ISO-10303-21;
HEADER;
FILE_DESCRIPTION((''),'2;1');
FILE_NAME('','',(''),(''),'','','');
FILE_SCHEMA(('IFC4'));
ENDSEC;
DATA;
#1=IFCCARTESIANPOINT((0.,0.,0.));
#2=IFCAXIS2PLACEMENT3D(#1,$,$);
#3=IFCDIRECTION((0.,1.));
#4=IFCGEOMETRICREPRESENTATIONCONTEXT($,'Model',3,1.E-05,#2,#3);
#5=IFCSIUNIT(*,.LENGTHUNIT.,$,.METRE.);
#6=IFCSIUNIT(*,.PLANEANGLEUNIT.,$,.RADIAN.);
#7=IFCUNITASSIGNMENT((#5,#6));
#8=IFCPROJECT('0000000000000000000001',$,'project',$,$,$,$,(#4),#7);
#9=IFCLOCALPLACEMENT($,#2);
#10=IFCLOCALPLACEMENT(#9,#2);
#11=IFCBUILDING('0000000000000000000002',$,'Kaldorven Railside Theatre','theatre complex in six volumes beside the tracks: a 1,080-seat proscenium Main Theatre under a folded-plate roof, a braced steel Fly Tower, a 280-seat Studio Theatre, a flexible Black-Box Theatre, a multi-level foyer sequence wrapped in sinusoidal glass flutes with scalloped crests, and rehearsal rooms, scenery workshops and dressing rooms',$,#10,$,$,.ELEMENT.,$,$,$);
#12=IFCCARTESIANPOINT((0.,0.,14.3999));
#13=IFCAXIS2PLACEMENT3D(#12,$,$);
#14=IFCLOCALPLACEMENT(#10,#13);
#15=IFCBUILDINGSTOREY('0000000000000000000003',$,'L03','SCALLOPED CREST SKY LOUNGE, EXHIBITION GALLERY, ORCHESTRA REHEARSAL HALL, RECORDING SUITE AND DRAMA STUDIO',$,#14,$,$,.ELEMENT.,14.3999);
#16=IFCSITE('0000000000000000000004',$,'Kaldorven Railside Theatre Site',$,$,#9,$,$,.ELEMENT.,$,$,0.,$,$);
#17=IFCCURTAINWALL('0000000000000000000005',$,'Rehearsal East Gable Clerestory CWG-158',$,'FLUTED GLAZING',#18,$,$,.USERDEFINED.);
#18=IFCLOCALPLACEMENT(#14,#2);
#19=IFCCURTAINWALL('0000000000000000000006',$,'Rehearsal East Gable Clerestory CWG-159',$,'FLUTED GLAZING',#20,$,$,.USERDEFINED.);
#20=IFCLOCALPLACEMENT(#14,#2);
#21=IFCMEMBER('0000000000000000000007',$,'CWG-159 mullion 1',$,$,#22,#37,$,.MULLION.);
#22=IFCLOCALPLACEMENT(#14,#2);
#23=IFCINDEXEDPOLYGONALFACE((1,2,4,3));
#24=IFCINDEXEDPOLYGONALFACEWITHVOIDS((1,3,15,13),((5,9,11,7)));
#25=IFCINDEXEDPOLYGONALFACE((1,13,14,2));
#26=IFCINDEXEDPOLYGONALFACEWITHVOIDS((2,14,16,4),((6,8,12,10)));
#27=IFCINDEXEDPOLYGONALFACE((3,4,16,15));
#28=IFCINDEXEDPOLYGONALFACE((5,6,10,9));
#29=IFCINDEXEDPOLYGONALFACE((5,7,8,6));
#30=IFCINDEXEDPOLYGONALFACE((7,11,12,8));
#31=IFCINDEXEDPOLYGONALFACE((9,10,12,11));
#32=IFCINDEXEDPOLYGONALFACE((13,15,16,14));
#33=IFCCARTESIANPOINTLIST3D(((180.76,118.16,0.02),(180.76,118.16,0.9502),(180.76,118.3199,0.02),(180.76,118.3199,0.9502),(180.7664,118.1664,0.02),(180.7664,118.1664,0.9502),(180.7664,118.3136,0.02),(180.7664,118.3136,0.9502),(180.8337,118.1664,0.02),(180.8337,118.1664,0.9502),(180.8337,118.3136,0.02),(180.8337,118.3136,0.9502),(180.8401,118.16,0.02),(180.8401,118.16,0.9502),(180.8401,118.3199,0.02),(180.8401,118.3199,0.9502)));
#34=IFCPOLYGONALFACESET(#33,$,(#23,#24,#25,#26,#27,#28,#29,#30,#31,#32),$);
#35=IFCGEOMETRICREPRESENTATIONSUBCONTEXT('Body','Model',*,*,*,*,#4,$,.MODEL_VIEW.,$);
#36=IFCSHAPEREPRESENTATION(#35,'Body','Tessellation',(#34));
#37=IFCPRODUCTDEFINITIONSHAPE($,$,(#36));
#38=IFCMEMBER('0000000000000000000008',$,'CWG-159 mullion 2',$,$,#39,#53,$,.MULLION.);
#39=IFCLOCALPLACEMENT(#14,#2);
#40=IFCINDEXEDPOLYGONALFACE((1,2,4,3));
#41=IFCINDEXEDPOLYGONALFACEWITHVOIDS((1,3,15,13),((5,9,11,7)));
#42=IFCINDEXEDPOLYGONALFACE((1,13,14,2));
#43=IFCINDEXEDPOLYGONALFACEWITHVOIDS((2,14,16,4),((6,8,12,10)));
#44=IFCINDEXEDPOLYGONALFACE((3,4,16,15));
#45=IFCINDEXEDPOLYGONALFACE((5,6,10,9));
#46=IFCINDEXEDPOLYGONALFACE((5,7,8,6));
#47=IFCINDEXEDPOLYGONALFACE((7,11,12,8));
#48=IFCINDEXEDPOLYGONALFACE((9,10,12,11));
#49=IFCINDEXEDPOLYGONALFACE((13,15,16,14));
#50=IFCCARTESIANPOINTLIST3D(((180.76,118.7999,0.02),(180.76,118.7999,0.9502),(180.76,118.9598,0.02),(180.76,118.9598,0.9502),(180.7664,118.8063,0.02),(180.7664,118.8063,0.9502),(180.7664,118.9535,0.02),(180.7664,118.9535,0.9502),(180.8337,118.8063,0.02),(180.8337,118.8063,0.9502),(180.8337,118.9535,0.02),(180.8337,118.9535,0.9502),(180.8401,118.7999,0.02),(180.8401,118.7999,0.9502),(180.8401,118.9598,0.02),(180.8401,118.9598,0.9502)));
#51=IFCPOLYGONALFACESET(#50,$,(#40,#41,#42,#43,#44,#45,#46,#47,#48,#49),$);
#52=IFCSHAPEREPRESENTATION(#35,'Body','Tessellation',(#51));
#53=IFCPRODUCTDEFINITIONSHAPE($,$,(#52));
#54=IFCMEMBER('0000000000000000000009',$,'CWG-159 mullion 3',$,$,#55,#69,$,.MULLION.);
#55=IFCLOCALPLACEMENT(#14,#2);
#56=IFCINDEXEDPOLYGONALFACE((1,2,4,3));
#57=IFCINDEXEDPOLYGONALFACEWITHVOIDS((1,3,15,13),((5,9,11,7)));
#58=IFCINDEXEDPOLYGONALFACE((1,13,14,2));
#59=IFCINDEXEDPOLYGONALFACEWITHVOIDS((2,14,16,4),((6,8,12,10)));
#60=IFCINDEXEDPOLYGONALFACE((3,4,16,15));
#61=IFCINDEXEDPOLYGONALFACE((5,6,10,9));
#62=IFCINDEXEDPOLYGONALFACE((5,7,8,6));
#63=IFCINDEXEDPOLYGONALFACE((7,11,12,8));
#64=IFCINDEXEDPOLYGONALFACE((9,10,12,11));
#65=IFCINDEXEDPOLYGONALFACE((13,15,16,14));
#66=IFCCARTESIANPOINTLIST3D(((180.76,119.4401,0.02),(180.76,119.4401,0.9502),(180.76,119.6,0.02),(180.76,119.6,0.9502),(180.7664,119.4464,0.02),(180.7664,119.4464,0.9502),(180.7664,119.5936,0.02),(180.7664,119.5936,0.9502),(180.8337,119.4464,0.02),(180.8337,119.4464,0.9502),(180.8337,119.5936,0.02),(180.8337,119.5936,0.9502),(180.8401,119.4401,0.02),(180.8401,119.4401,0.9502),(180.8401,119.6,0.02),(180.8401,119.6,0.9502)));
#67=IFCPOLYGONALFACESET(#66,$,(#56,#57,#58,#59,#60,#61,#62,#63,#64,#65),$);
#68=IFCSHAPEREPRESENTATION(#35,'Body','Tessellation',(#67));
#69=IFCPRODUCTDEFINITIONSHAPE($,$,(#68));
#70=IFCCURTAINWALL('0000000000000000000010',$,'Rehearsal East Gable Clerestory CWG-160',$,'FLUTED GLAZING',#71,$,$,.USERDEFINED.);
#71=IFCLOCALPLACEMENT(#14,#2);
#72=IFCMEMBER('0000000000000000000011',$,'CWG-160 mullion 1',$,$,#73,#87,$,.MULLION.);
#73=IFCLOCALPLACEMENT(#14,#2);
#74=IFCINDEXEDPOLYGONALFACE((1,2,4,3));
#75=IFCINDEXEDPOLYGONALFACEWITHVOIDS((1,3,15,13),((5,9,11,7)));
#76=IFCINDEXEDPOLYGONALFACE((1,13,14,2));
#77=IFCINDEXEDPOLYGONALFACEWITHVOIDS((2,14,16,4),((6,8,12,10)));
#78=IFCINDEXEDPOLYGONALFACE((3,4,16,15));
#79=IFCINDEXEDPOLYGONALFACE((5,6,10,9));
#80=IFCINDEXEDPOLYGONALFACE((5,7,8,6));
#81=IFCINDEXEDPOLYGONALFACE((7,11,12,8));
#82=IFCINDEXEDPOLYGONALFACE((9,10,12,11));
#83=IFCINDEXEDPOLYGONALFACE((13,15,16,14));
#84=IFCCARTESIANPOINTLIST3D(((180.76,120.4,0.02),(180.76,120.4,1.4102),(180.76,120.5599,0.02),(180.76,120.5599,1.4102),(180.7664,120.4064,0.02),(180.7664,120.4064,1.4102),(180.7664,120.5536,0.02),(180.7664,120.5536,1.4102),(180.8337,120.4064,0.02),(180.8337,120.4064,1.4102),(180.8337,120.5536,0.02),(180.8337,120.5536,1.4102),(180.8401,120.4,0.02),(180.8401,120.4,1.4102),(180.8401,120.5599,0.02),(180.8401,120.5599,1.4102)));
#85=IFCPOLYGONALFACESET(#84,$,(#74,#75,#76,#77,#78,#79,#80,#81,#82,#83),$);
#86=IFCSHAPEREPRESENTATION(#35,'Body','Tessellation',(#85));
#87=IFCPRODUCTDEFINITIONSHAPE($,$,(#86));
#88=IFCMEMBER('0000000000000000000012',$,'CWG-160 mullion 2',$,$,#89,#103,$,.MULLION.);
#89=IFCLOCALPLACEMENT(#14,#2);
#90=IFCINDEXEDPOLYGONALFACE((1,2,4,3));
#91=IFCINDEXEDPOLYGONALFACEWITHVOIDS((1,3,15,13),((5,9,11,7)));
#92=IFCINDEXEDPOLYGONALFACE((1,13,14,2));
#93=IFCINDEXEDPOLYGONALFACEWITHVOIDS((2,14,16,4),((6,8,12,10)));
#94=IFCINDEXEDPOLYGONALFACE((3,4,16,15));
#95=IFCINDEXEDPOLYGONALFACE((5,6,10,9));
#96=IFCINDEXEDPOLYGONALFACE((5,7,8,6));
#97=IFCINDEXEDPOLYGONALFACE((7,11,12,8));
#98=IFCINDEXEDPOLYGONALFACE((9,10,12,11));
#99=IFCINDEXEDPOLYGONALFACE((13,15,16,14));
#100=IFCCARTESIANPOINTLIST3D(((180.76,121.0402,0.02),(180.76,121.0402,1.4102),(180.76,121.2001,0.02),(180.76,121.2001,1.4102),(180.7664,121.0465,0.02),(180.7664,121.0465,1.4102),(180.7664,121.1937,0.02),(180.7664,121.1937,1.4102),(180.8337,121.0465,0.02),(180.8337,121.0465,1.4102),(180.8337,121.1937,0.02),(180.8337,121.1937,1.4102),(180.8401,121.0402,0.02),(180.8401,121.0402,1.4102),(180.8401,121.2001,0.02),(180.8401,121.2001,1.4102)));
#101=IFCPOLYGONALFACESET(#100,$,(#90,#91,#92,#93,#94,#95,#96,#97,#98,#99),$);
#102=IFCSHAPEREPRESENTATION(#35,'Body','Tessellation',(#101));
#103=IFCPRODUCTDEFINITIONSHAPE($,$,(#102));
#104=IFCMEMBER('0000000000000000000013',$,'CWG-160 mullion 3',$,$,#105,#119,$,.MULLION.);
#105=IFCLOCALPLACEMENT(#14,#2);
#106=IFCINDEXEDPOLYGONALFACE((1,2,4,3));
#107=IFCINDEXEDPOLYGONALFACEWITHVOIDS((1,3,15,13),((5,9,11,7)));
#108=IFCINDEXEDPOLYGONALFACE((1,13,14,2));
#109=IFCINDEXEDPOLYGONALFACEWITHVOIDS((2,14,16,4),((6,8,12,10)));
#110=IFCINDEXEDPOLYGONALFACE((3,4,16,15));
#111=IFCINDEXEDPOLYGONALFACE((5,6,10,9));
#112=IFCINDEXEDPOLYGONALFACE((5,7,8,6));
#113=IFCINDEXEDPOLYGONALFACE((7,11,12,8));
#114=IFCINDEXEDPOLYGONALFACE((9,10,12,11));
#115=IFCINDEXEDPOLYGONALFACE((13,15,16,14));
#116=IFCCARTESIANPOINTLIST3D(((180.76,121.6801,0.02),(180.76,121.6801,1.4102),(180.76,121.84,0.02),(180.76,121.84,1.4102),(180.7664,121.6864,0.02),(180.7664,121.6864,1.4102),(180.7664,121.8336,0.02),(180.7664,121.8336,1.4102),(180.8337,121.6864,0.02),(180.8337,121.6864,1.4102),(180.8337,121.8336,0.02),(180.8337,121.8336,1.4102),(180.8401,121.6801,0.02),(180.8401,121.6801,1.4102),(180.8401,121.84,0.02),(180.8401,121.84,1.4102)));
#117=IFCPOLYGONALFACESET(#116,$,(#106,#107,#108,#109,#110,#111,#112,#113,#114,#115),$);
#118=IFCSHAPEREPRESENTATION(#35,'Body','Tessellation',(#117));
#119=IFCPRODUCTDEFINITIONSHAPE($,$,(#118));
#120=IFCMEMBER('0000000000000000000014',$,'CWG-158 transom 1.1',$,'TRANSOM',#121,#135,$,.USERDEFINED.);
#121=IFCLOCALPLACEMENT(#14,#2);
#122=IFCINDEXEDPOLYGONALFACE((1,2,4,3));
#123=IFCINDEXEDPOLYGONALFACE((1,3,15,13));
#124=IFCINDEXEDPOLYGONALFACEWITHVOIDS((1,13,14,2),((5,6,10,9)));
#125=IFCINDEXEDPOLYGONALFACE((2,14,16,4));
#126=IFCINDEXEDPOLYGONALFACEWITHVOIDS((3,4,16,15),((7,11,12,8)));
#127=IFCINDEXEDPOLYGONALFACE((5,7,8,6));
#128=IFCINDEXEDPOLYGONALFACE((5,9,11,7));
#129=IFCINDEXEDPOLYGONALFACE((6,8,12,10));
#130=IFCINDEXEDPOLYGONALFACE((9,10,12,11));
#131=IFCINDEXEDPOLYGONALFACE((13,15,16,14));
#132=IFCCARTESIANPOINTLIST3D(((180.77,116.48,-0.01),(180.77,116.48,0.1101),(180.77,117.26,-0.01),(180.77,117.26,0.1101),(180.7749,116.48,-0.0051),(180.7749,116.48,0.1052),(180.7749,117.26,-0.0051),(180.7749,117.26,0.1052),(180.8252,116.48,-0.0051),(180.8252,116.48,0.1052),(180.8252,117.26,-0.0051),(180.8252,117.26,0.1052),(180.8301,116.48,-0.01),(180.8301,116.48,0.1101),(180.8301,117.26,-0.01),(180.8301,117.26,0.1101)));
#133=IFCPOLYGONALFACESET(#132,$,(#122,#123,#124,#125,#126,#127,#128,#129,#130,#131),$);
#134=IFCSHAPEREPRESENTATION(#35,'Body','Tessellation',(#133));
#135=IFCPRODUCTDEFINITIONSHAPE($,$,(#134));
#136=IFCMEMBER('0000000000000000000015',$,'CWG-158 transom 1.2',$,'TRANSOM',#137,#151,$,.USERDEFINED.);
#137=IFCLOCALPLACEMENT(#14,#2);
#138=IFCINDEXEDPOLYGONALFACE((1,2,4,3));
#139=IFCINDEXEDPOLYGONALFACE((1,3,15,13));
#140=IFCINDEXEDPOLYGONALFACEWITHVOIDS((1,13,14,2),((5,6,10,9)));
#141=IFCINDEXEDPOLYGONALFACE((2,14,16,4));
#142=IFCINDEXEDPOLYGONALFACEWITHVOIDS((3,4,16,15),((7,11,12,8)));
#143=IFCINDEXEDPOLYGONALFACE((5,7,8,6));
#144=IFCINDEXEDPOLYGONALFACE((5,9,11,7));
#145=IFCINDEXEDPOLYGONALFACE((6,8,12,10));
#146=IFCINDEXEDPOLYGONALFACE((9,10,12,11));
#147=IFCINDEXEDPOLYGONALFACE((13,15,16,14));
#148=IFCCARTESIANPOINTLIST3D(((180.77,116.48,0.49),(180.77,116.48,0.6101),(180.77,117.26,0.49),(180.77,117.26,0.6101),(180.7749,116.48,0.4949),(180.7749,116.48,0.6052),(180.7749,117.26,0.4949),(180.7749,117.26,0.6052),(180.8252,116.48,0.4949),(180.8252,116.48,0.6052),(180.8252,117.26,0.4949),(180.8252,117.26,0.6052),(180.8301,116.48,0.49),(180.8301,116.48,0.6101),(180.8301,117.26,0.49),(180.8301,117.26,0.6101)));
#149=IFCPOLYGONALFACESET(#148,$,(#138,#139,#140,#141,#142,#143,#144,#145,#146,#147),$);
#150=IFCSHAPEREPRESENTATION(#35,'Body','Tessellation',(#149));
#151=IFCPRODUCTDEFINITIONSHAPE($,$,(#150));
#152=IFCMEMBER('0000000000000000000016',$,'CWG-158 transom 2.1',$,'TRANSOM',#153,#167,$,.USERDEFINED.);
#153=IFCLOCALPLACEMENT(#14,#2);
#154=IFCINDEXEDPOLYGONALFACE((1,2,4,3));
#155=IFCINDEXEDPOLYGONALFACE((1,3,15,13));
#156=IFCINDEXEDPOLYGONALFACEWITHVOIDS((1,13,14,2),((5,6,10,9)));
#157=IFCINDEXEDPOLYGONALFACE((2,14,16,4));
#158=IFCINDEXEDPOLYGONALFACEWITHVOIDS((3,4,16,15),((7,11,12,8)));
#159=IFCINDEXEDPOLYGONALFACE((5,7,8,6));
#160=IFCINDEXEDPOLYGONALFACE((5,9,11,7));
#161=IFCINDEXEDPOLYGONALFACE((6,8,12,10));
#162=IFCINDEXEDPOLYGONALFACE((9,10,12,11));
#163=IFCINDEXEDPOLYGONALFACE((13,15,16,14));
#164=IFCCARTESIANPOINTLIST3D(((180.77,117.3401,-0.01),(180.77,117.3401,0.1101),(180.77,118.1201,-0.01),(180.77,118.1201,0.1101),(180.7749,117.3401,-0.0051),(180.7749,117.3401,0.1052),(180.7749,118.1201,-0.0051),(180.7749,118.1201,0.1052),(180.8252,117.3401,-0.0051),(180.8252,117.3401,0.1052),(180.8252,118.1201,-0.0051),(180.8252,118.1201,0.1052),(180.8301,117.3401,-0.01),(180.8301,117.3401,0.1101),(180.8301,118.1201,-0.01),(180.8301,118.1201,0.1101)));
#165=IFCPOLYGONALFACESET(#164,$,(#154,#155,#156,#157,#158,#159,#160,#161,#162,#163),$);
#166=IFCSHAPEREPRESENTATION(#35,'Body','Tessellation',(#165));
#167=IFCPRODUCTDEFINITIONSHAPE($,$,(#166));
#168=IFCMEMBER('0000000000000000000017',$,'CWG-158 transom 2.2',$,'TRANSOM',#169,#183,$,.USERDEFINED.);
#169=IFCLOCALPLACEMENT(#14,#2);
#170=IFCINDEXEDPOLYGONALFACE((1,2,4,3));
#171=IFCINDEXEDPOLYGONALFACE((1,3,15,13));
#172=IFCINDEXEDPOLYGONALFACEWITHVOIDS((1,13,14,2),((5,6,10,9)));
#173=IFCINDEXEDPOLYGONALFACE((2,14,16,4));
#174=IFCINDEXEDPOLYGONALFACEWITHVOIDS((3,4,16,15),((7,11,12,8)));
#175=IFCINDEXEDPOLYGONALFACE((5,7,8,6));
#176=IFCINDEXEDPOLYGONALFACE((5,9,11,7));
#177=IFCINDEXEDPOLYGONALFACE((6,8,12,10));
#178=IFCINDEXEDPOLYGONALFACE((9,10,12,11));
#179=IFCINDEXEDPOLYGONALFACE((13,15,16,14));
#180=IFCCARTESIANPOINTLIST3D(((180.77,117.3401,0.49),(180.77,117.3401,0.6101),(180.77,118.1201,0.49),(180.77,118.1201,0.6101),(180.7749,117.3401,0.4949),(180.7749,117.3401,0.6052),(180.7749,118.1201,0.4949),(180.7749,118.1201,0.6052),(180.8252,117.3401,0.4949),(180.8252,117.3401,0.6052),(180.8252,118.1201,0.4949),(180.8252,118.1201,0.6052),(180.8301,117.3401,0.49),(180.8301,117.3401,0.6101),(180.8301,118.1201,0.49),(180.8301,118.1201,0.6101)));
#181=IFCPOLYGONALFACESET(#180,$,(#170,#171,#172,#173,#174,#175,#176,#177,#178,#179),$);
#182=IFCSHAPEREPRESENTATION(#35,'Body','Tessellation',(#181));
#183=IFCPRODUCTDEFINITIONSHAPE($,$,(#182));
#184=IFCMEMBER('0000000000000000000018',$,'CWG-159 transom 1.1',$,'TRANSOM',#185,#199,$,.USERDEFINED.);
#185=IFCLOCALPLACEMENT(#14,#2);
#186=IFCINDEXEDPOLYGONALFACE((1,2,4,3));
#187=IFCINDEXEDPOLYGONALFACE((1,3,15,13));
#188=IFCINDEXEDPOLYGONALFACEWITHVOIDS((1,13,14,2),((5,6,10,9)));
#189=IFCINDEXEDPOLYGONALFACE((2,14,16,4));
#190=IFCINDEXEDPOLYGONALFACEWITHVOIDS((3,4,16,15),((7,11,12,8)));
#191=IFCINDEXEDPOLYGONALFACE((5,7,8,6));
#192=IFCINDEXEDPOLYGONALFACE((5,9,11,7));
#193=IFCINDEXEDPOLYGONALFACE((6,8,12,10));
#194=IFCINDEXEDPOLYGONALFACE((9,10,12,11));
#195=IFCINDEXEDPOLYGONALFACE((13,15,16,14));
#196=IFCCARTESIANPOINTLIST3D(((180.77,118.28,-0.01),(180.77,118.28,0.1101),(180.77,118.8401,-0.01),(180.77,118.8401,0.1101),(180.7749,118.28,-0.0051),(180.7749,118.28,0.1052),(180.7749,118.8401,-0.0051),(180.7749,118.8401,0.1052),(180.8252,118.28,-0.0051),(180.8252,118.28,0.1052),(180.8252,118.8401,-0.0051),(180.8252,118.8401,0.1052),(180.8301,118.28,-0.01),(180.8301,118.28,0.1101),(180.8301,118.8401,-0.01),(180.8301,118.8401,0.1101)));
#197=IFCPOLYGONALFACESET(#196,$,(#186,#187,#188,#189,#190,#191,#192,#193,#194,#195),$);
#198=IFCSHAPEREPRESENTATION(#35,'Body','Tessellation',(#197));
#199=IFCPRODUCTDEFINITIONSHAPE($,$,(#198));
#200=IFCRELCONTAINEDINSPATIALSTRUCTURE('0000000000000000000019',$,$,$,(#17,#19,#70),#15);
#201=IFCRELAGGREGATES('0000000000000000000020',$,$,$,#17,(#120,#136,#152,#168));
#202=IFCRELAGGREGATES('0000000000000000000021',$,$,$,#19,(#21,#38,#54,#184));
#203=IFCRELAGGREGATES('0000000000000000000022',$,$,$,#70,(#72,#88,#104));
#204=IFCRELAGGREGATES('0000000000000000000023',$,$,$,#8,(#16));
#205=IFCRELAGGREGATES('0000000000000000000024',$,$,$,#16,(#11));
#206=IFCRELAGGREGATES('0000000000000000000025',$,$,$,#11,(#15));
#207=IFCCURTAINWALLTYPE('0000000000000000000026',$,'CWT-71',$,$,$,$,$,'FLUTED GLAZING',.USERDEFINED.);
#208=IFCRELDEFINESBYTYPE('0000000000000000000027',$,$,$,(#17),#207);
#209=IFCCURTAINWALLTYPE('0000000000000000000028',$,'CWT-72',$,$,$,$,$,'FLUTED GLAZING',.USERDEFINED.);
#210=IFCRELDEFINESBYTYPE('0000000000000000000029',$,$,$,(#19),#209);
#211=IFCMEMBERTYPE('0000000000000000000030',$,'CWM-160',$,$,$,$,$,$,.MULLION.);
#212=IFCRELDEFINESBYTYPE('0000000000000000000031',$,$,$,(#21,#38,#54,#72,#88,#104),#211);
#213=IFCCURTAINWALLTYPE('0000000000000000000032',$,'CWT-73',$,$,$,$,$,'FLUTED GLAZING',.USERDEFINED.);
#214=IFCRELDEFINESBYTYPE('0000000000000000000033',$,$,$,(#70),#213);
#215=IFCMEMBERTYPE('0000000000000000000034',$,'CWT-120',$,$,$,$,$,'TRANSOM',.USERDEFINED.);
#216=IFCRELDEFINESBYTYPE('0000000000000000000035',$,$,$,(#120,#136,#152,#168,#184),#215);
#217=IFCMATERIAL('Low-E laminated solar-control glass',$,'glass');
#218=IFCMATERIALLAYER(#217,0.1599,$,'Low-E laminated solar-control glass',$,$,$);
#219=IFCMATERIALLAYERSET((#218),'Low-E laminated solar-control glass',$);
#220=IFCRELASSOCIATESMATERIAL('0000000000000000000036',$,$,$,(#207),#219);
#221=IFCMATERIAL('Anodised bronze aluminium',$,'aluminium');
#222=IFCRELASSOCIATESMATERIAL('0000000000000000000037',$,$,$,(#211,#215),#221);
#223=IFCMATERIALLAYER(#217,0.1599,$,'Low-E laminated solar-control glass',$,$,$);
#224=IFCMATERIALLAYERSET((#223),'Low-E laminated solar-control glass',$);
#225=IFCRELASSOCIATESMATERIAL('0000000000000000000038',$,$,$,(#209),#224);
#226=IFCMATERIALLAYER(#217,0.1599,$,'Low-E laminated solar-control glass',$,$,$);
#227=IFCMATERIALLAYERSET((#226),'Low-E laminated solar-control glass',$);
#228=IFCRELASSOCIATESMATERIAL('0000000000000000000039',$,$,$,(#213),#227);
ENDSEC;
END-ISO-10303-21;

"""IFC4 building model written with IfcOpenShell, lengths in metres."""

from ifc_helpers import new_model, si_unit, direction, frame, origin, origin_2d, place, context, subcontext, project, spatial, hollow_rectangle, extrude, material, layer, layer_set, material_profile, profile_set, type_object, element, aggregate, save


model = new_model("IFC4")

# Units and contexts
model_context = context("Model", 3, precision=1e-05, world=origin(), true_north=direction((0.0, 1.0)))
body_context = subcontext(model_context, "Body", "Model", "MODEL_VIEW")
ifc_project = project(units=[si_unit("LENGTHUNIT", "METRE"), si_unit("PLANEANGLEUNIT", "RADIAN")], contexts=[model_context])

# Site, building, storey
site_placement = place(None, origin())
site = spatial("IfcSite", under=ifc_project, at=site_placement, Name="Kaldorven Railside Theatre Site", CompositionType="ELEMENT", RefElevation=0.0)
building_placement = place(site_placement, origin())
building = spatial("IfcBuilding", under=site, at=building_placement, Name="Kaldorven Railside Theatre", Description="theatre complex in six volumes beside the tracks: a 1,080-seat proscenium Main Theatre under a folded-plate roof, a braced steel Fly Tower, a 280-seat Studio Theatre, a flexible Black-Box Theatre, a multi-level foyer sequence wrapped in sinusoidal glass flutes with scalloped crests, and rehearsal rooms, scenery workshops and dressing rooms", CompositionType="ELEMENT")
storey_placement = place(building_placement, frame((0.0, 0.0, 14.3999)))
storey = spatial("IfcBuildingStorey", under=building, at=storey_placement, Name="L03", Description="SCALLOPED CREST SKY LOUNGE, EXHIBITION GALLERY, ORCHESTRA REHEARSAL HALL, RECORDING SUITE AND DRAMA STUDIO", CompositionType="ELEMENT", Elevation=14.3999)

# Curtain walls, members
ifc_material_1 = material(Name="Low-E laminated solar-control glass", Category="glass")
ifc_layer_1 = layer(ifc_material_1, 0.1599, Name="Low-E laminated solar-control glass")
ifc_layer_set_1 = layer_set([ifc_layer_1], Name="Low-E laminated solar-control glass")
curtain_wall_type_1 = type_object("IfcCurtainWallType", Name="CWT-71", ElementType="FLUTED GLAZING", PredefinedType="USERDEFINED", material=ifc_layer_set_1)
curtain_wall_1_placement = place(storey_placement, origin())
curtain_wall_1 = element("IfcCurtainWall", 1, at=curtain_wall_1_placement, inside=storey, type_object=curtain_wall_type_1, Name="Rehearsal East Gable Clerestory CWG-158", ObjectType="FLUTED GLAZING", PredefinedType="USERDEFINED")
ifc_material_2 = material(Name="Anodised bronze aluminium", Category="aluminium")
ifc_material_profile_1 = material_profile(ifc_material_2, hollow_rectangle(XDim=0.0801, YDim=0.1599, WallThickness=0.0063, at=origin_2d()), Name="RHS 160x80x6.3")
ifc_profile_set_1 = profile_set([ifc_material_profile_1], Name="Anodised bronze aluminium")
member_type_1 = type_object("IfcMemberType", Name="CWM-160", PredefinedType="MULLION", material=ifc_profile_set_1)
ifc_layer_2 = layer(ifc_material_1, 0.1599, Name="Low-E laminated solar-control glass")
ifc_layer_set_2 = layer_set([ifc_layer_2], Name="Low-E laminated solar-control glass")
curtain_wall_type_2 = type_object("IfcCurtainWallType", Name="CWT-72", ElementType="FLUTED GLAZING", PredefinedType="USERDEFINED", material=ifc_layer_set_2)
curtain_wall_2_placement = place(storey_placement, origin())
curtain_wall_2 = element("IfcCurtainWall", 2, at=curtain_wall_2_placement, inside=storey, type_object=curtain_wall_type_2, Name="Rehearsal East Gable Clerestory CWG-159", ObjectType="FLUTED GLAZING", PredefinedType="USERDEFINED")
member_1_placement = place(storey_placement, frame((180.8, 118.24, 0.02), z_axis=(0.0, 0.0, 1.0), x_axis=(-1.0, 0.0, 0.0)))
member_1 = element("IfcMember", 3, at=member_1_placement, type_object=member_type_1, Name="CWG-159 mullion 1", PredefinedType="MULLION", context=body_context, shape_type="SweptSolid", body=[
    extrude(hollow_rectangle(XDim=0.0801, YDim=0.1599, WallThickness=0.0063, at=origin_2d()), origin(), (0.0, 0.0, 1.0), 0.9302),
])
member_2_placement = place(storey_placement, frame((180.8, 118.8799, 0.02), z_axis=(0.0, 0.0, 1.0), x_axis=(-1.0, 0.0, 0.0)))
member_2 = element("IfcMember", 4, at=member_2_placement, type_object=member_type_1, Name="CWG-159 mullion 2", PredefinedType="MULLION", context=body_context, shape_type="SweptSolid", body=[
    extrude(hollow_rectangle(XDim=0.0801, YDim=0.1599, WallThickness=0.0063, at=origin_2d()), origin(), (0.0, 0.0, 1.0), 0.9302),
])
member_3_placement = place(storey_placement, frame((180.8, 119.52, 0.02), z_axis=(0.0, 0.0, 1.0), x_axis=(-1.0, 0.0, 0.0)))
member_3 = element("IfcMember", 5, at=member_3_placement, type_object=member_type_1, Name="CWG-159 mullion 3", PredefinedType="MULLION", context=body_context, shape_type="SweptSolid", body=[
    extrude(hollow_rectangle(XDim=0.0801, YDim=0.1599, WallThickness=0.0063, at=origin_2d()), origin(), (0.0, 0.0, 1.0), 0.9302),
])
ifc_layer_3 = layer(ifc_material_1, 0.1599, Name="Low-E laminated solar-control glass")
ifc_layer_set_3 = layer_set([ifc_layer_3], Name="Low-E laminated solar-control glass")
curtain_wall_type_3 = type_object("IfcCurtainWallType", Name="CWT-73", ElementType="FLUTED GLAZING", PredefinedType="USERDEFINED", material=ifc_layer_set_3)
curtain_wall_3_placement = place(storey_placement, origin())
curtain_wall_3 = element("IfcCurtainWall", 6, at=curtain_wall_3_placement, inside=storey, type_object=curtain_wall_type_3, Name="Rehearsal East Gable Clerestory CWG-160", ObjectType="FLUTED GLAZING", PredefinedType="USERDEFINED")
member_4_placement = place(storey_placement, frame((180.8, 120.48, 0.02), z_axis=(0.0, 0.0, 1.0), x_axis=(-1.0, 0.0, 0.0)))
member_4 = element("IfcMember", 7, at=member_4_placement, type_object=member_type_1, Name="CWG-160 mullion 1", PredefinedType="MULLION", context=body_context, shape_type="SweptSolid", body=[
    extrude(hollow_rectangle(XDim=0.0801, YDim=0.1599, WallThickness=0.0063, at=origin_2d()), origin(), (0.0, 0.0, 1.0), 1.3901),
])
member_5_placement = place(storey_placement, frame((180.8, 121.1201, 0.02), z_axis=(0.0, 0.0, 1.0), x_axis=(-1.0, 0.0, 0.0)))
member_5 = element("IfcMember", 8, at=member_5_placement, type_object=member_type_1, Name="CWG-160 mullion 2", PredefinedType="MULLION", context=body_context, shape_type="SweptSolid", body=[
    extrude(hollow_rectangle(XDim=0.0801, YDim=0.1599, WallThickness=0.0063, at=origin_2d()), origin(), (0.0, 0.0, 1.0), 1.3901),
])
member_6_placement = place(storey_placement, frame((180.8, 121.76, 0.02), z_axis=(0.0, 0.0, 1.0), x_axis=(-1.0, 0.0, 0.0)))
member_6 = element("IfcMember", 9, at=member_6_placement, type_object=member_type_1, Name="CWG-160 mullion 3", PredefinedType="MULLION", context=body_context, shape_type="SweptSolid", body=[
    extrude(hollow_rectangle(XDim=0.0801, YDim=0.1599, WallThickness=0.0063, at=origin_2d()), origin(), (0.0, 0.0, 1.0), 1.3901),
])

# Members
ifc_material_profile_2 = material_profile(ifc_material_2, hollow_rectangle(XDim=0.0601, YDim=0.1201, WallThickness=0.0049, at=origin_2d()), Name="RHS 120x60x5")
ifc_profile_set_2 = profile_set([ifc_material_profile_2], Name="Anodised bronze aluminium")
member_type_2 = type_object("IfcMemberType", Name="CWT-120", ElementType="TRANSOM", PredefinedType="USERDEFINED", material=ifc_profile_set_2)
member_7_placement = place(storey_placement, frame((180.8, 116.48, 0.05), z_axis=(0.0, 1.0, 0.0), x_axis=(-1.0, 0.0, 0.0)))
member_7 = element("IfcMember", 10, at=member_7_placement, type_object=member_type_2, Name="CWG-158 transom 1.1", ObjectType="TRANSOM", PredefinedType="USERDEFINED", context=body_context, shape_type="SweptSolid", body=[
    extrude(hollow_rectangle(XDim=0.0601, YDim=0.1201, WallThickness=0.0049, at=origin_2d()), origin(), (0.0, 0.0, 1.0), 0.78),
])
member_8_placement = place(storey_placement, frame((180.8, 116.48, 0.55), z_axis=(0.0, 1.0, 0.0), x_axis=(-1.0, 0.0, 0.0)))
member_8 = element("IfcMember", 11, at=member_8_placement, type_object=member_type_2, Name="CWG-158 transom 1.2", ObjectType="TRANSOM", PredefinedType="USERDEFINED", context=body_context, shape_type="SweptSolid", body=[
    extrude(hollow_rectangle(XDim=0.0601, YDim=0.1201, WallThickness=0.0049, at=origin_2d()), origin(), (0.0, 0.0, 1.0), 0.78),
])
member_9_placement = place(storey_placement, frame((180.8, 117.3401, 0.05), z_axis=(0.0, 1.0, 0.0), x_axis=(-1.0, 0.0, 0.0)))
member_9 = element("IfcMember", 12, at=member_9_placement, type_object=member_type_2, Name="CWG-158 transom 2.1", ObjectType="TRANSOM", PredefinedType="USERDEFINED", context=body_context, shape_type="SweptSolid", body=[
    extrude(hollow_rectangle(XDim=0.0601, YDim=0.1201, WallThickness=0.0049, at=origin_2d()), origin(), (0.0, 0.0, 1.0), 0.78),
])
member_10_placement = place(storey_placement, frame((180.8, 117.3401, 0.55), z_axis=(0.0, 1.0, 0.0), x_axis=(-1.0, 0.0, 0.0)))
member_10 = element("IfcMember", 13, at=member_10_placement, type_object=member_type_2, Name="CWG-158 transom 2.2", ObjectType="TRANSOM", PredefinedType="USERDEFINED", context=body_context, shape_type="SweptSolid", body=[
    extrude(hollow_rectangle(XDim=0.0601, YDim=0.1201, WallThickness=0.0049, at=origin_2d()), origin(), (0.0, 0.0, 1.0), 0.78),
])
member_11_placement = place(storey_placement, frame((180.8, 118.28, 0.05), z_axis=(0.0, 1.0, 0.0), x_axis=(-1.0, 0.0, 0.0)))
member_11 = element("IfcMember", 14, at=member_11_placement, type_object=member_type_2, Name="CWG-159 transom 1.1", ObjectType="TRANSOM", PredefinedType="USERDEFINED", context=body_context, shape_type="SweptSolid", body=[
    extrude(hollow_rectangle(XDim=0.0601, YDim=0.1201, WallThickness=0.0049, at=origin_2d()), origin(), (0.0, 0.0, 1.0), 0.5601),
])

aggregate(curtain_wall_1, [member_7, member_8, member_9, member_10])
aggregate(curtain_wall_2, [member_1, member_2, member_3, member_11])
aggregate(curtain_wall_3, [member_4, member_5, member_6])

save(model, "model.ifc")
